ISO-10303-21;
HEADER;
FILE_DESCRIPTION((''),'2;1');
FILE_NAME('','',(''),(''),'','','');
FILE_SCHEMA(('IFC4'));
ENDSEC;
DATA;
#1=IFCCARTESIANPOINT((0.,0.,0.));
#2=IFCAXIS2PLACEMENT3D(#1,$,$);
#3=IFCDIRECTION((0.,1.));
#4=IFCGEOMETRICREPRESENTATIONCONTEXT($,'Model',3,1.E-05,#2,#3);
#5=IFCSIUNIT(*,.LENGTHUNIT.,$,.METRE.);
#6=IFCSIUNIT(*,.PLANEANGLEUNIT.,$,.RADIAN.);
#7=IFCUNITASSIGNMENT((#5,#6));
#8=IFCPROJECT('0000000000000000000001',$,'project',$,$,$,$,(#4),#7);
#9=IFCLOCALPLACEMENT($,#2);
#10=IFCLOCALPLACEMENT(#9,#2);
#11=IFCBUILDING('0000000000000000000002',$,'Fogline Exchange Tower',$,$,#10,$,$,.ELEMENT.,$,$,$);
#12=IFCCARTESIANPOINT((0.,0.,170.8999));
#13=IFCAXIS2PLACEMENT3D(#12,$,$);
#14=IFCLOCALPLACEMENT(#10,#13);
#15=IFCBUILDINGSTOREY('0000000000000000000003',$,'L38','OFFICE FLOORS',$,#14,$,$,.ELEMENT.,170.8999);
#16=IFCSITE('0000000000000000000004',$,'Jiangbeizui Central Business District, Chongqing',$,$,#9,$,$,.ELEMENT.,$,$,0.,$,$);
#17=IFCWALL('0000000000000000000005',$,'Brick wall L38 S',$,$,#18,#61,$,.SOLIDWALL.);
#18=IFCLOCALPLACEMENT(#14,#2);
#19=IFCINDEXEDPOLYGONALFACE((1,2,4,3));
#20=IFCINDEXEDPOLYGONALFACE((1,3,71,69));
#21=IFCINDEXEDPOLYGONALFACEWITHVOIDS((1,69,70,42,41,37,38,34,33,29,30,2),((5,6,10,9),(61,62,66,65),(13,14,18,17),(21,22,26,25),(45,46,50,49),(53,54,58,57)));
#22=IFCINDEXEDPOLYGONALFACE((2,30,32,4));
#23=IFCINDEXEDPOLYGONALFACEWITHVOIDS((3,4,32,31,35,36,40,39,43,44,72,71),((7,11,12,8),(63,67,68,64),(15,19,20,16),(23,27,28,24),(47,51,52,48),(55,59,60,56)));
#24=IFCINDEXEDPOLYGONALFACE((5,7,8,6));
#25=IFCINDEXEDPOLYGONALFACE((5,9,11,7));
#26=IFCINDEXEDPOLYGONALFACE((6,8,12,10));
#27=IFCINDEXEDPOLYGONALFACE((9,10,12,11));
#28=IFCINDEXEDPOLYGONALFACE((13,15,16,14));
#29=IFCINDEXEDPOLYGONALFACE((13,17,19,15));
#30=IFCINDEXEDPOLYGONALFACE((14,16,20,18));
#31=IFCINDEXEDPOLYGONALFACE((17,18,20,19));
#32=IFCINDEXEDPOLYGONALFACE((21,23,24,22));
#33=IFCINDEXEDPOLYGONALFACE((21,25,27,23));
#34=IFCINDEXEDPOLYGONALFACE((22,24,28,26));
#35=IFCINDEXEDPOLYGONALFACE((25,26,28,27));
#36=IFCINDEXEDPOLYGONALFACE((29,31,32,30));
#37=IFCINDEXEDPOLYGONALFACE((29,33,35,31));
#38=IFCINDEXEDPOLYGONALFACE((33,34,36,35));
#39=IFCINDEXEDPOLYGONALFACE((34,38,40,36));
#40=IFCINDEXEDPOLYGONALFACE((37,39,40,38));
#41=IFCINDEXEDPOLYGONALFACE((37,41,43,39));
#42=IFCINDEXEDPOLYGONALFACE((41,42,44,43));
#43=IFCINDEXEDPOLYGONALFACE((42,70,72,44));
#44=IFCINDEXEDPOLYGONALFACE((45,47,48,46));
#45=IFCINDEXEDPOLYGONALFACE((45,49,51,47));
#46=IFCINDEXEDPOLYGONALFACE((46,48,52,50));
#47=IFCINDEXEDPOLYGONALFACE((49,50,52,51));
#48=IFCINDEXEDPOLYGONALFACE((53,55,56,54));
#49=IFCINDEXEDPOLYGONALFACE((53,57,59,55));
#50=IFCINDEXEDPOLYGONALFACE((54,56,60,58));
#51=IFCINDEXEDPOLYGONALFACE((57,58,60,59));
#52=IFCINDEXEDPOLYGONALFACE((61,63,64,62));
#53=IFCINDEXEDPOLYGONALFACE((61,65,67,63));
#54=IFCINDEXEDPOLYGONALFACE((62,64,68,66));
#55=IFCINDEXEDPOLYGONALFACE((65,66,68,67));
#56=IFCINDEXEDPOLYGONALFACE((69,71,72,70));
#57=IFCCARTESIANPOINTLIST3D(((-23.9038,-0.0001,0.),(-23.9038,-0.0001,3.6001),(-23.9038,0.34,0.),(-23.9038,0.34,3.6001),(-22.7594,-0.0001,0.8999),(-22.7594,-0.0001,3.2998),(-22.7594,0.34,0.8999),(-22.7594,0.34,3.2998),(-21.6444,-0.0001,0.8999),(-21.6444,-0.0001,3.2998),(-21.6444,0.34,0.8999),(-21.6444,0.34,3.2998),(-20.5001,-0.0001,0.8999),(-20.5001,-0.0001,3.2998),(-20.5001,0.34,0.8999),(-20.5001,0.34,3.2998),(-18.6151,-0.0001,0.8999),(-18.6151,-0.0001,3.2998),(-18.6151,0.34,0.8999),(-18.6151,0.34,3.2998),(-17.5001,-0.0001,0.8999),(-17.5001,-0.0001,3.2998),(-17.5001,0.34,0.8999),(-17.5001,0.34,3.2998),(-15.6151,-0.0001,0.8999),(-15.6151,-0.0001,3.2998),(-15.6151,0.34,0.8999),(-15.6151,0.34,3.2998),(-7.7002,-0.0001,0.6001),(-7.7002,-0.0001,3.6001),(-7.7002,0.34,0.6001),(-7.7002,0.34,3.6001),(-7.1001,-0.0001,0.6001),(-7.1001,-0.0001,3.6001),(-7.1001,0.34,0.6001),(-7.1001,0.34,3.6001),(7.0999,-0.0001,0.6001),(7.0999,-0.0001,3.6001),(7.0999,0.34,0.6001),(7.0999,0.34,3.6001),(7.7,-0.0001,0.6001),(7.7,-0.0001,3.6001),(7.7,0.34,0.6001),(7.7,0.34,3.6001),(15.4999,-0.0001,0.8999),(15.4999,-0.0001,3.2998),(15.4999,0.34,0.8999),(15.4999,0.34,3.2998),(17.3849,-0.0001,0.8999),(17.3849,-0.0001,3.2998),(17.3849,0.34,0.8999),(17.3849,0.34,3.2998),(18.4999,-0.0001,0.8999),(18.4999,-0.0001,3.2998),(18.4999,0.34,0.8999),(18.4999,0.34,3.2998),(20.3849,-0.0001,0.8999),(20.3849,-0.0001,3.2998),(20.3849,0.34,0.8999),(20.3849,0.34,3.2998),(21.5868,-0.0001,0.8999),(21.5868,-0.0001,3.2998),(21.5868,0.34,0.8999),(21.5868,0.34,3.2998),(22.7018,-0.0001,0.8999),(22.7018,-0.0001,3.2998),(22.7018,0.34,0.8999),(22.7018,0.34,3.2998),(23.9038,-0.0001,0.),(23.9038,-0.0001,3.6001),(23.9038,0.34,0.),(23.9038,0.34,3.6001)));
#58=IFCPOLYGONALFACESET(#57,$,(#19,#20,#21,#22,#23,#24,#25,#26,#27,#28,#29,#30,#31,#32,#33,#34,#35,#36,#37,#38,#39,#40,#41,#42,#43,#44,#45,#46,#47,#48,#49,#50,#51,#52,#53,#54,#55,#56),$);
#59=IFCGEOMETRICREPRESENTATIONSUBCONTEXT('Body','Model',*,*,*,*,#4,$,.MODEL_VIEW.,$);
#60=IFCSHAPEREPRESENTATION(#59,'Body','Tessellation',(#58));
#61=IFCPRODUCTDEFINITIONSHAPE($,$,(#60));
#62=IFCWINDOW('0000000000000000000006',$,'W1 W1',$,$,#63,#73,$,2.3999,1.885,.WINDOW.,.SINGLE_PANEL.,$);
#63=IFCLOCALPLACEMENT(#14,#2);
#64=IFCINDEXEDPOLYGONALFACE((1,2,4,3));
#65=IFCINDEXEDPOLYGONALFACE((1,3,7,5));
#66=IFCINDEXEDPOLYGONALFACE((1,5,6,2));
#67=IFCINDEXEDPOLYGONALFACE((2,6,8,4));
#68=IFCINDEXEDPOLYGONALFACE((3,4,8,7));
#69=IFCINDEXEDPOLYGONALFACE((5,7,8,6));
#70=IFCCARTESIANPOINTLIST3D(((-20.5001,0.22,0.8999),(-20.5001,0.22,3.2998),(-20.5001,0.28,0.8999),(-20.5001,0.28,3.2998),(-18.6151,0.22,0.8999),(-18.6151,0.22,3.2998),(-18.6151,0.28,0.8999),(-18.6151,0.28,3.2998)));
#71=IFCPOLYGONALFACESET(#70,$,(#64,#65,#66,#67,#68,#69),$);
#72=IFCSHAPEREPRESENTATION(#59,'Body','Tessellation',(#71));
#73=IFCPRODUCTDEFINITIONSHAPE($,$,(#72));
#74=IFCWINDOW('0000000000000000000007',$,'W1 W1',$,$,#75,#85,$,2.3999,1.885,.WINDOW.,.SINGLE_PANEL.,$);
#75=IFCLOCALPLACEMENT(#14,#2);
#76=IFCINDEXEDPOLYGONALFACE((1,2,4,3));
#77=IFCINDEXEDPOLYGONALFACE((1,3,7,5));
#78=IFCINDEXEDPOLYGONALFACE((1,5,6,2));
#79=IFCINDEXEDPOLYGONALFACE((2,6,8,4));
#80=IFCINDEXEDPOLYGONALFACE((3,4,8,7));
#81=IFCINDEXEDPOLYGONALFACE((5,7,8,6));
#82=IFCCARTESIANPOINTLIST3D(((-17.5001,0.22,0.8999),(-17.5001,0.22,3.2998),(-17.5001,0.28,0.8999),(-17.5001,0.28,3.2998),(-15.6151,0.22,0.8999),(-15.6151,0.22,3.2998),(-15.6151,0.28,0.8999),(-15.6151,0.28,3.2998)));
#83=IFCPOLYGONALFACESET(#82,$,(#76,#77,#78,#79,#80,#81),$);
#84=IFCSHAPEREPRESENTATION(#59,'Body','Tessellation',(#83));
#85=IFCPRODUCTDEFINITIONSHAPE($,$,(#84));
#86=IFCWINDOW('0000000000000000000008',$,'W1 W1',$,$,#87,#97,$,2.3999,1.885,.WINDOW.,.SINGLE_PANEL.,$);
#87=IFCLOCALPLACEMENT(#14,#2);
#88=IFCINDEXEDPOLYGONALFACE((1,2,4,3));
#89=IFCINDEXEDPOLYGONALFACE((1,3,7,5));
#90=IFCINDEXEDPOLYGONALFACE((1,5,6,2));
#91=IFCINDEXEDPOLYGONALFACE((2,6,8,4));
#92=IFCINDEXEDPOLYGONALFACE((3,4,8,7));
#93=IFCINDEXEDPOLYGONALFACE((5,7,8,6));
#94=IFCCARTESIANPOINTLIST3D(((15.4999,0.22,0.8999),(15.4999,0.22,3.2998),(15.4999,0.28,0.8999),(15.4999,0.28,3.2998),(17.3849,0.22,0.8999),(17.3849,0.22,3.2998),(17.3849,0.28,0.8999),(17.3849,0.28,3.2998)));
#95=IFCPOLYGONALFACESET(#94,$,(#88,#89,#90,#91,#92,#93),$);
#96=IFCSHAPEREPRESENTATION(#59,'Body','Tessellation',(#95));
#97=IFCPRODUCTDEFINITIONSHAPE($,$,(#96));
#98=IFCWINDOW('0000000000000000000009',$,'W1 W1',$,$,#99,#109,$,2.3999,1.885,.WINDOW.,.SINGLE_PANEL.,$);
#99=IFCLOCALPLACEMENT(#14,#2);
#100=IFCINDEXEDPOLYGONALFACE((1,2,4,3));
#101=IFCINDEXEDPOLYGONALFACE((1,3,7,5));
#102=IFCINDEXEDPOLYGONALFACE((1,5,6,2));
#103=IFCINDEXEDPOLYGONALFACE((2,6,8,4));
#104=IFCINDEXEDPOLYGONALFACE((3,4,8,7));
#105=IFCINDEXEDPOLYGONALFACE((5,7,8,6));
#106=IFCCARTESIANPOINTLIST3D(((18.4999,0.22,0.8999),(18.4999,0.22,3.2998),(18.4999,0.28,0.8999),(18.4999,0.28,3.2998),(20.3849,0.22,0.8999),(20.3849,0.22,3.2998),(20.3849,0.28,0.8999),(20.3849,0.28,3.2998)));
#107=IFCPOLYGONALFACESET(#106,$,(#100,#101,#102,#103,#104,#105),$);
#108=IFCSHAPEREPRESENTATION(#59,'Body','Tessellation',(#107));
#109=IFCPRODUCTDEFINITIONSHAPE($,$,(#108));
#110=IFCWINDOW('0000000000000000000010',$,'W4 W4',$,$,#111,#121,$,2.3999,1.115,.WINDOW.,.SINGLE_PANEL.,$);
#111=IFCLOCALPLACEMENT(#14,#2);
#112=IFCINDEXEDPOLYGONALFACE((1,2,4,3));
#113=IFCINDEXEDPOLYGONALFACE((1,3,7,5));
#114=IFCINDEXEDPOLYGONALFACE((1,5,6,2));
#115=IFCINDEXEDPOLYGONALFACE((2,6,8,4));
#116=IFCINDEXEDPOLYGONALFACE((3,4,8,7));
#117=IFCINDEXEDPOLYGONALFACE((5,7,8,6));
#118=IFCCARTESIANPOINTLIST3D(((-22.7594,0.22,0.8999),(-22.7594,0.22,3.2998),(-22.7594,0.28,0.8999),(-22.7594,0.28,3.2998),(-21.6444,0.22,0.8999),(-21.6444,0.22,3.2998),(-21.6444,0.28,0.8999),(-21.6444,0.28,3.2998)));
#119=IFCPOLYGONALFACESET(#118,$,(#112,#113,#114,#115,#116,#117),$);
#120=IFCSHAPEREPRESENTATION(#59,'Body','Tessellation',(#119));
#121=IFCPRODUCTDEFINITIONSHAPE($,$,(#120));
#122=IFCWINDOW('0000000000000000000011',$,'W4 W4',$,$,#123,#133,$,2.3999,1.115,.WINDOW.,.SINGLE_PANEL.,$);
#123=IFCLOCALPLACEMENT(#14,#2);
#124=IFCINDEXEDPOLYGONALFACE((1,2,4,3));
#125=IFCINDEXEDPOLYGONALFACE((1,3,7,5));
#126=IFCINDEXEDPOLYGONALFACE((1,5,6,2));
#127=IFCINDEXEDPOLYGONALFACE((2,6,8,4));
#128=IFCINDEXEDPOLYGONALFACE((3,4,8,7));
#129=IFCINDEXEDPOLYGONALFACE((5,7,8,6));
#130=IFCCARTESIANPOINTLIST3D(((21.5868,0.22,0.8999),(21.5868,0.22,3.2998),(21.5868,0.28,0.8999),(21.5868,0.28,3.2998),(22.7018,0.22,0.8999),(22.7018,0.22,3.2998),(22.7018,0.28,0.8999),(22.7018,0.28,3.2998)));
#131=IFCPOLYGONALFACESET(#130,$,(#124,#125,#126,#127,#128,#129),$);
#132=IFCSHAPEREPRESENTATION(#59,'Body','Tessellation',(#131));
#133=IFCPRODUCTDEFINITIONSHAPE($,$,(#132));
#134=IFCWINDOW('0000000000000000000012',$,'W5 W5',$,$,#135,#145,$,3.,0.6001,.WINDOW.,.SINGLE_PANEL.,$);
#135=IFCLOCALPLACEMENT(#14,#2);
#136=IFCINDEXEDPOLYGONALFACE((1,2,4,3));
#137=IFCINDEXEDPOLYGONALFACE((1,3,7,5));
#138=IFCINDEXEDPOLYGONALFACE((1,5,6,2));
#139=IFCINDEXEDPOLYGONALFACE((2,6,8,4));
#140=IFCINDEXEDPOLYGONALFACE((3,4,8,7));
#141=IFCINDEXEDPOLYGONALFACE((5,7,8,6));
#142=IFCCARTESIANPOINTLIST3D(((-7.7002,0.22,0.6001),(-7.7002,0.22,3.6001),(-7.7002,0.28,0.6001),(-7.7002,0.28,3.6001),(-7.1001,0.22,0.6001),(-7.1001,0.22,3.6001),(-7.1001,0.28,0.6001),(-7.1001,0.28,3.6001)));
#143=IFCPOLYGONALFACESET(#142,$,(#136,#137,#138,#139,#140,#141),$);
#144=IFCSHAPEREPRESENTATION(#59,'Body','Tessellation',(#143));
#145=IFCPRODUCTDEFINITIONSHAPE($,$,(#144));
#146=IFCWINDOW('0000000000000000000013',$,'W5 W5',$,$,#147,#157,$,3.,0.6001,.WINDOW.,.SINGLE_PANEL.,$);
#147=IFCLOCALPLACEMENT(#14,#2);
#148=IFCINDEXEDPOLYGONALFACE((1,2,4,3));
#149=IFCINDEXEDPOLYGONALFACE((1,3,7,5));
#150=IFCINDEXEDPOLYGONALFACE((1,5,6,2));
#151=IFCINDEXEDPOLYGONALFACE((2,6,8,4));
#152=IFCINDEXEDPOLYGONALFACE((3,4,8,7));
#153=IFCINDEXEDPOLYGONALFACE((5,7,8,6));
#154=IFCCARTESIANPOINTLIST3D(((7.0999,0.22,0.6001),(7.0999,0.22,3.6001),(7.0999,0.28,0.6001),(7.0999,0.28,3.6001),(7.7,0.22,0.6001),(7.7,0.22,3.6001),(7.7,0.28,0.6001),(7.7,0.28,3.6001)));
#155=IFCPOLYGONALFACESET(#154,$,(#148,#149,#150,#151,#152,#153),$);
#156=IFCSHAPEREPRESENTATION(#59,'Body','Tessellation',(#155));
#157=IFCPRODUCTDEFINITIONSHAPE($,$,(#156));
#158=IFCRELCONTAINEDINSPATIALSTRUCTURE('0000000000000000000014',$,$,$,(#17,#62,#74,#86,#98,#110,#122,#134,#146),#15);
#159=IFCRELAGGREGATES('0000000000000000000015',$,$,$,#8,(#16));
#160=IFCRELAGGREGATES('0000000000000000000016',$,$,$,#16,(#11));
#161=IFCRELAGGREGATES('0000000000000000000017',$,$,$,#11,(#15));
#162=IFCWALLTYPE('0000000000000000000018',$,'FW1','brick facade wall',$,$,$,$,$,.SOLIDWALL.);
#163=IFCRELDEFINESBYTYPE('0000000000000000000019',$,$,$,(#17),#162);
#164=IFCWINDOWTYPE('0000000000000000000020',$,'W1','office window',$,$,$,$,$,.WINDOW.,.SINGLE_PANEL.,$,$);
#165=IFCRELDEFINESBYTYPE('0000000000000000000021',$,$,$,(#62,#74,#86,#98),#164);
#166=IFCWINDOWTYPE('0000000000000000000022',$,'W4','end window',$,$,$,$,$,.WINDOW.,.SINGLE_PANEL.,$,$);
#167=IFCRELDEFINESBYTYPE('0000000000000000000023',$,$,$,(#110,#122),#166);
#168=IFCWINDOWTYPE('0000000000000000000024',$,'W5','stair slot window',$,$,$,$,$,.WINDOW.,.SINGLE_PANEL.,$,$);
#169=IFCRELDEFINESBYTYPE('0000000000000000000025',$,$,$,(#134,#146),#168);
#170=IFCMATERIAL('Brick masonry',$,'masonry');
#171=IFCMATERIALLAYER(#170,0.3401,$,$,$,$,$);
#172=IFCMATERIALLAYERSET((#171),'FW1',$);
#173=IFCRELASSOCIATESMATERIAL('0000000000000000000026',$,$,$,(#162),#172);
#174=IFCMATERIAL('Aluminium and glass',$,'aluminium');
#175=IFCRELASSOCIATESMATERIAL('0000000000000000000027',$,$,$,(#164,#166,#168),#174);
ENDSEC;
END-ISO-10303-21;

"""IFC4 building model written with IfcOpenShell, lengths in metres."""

from ifc_helpers import new_model, si_unit, direction, frame, frame_2d, origin, place, context, subcontext, project, spatial, rectangle, extrude, material, layer, layer_set, type_object, element, fill, save


model = new_model("IFC4")

# Units and contexts
model_context = context("Model", 3, precision=1e-05, world=origin(), true_north=direction((0.0, 1.0)))
body_context = subcontext(model_context, "Body", "Model", "MODEL_VIEW")
ifc_project = project(units=[si_unit("LENGTHUNIT", "METRE"), si_unit("PLANEANGLEUNIT", "RADIAN")], contexts=[model_context])

# Site, building, storey
site_placement = place(None, origin())
site = spatial("IfcSite", under=ifc_project, at=site_placement, Name="Jiangbeizui Central Business District, Chongqing", CompositionType="ELEMENT", RefElevation=0.0)
building_placement = place(site_placement, origin())
building = spatial("IfcBuilding", under=site, at=building_placement, Name="Fogline Exchange Tower", CompositionType="ELEMENT")
storey_placement = place(building_placement, frame((0.0, 0.0, 170.8999)))
storey = spatial("IfcBuildingStorey", under=building, at=storey_placement, Name="L38", Description="OFFICE FLOORS", CompositionType="ELEMENT", Elevation=170.8999)

# Shared definitions
ifc_material_1 = material(Name="Brick masonry", Category="masonry")
ifc_layer = layer(ifc_material_1, 0.3401)
ifc_layer_set = layer_set([ifc_layer], Name="FW1")
wall_type = type_object("IfcWallType", Name="FW1", Description="brick facade wall", PredefinedType="SOLIDWALL", material=ifc_layer_set)
ifc_material_2 = material(Name="Aluminium and glass", Category="aluminium")

# Wall, openings, windows
wall_1_placement = place(storey_placement, frame((-23.9038, 0.1699, 0.0), z_axis=(0.0, 0.0, 1.0), x_axis=(1.0, 0.0, 0.0)))
wall_1 = element("IfcWall", 1, at=wall_1_placement, inside=storey, type_object=wall_type, Name="Brick wall L38 S", PredefinedType="SOLIDWALL", context=body_context, shape_type="SweptSolid", body=[
    extrude(rectangle(XDim=47.8076, YDim=0.3401, at=frame_2d((23.9038, 0.0))), origin(), (0.0, 0.0, 1.0), 3.6001),
])
opening_1_placement = place(wall_1_placement, frame((3.4038, 0.0, 0.8999)))
opening_1 = element("IfcOpeningElement", 2, at=opening_1_placement, cuts=wall_1, PredefinedType="OPENING", context=body_context, shape_type="SweptSolid", body=[
    extrude(rectangle(XDim=1.885, YDim=2.3999, at=frame_2d((0.9424, 1.2))), frame((0.0, 0.1802, 0.0), z_axis=(0.0, -1.0, 0.0), x_axis=(1.0, 0.0, 0.0)), (0.0, 0.0, 1.0), 0.3601),
])
opening_2_placement = place(wall_1_placement, frame((6.4038, 0.0, 0.8999)))
opening_2 = element("IfcOpeningElement", 3, at=opening_2_placement, cuts=wall_1, PredefinedType="OPENING", context=body_context, shape_type="SweptSolid", body=[
    extrude(rectangle(XDim=1.885, YDim=2.3999, at=frame_2d((0.9424, 1.2))), frame((0.0, 0.1802, 0.0), z_axis=(0.0, -1.0, 0.0), x_axis=(1.0, 0.0, 0.0)), (0.0, 0.0, 1.0), 0.3601),
])
opening_3_placement = place(wall_1_placement, frame((39.4038, 0.0, 0.8999)))
opening_3 = element("IfcOpeningElement", 4, at=opening_3_placement, cuts=wall_1, PredefinedType="OPENING", context=body_context, shape_type="SweptSolid", body=[
    extrude(rectangle(XDim=1.885, YDim=2.3999, at=frame_2d((0.9424, 1.2))), frame((0.0, 0.1802, 0.0), z_axis=(0.0, -1.0, 0.0), x_axis=(1.0, 0.0, 0.0)), (0.0, 0.0, 1.0), 0.3601),
])
opening_4_placement = place(wall_1_placement, frame((42.4038, 0.0, 0.8999)))
opening_4 = element("IfcOpeningElement", 5, at=opening_4_placement, cuts=wall_1, PredefinedType="OPENING", context=body_context, shape_type="SweptSolid", body=[
    extrude(rectangle(XDim=1.885, YDim=2.3999, at=frame_2d((0.9424, 1.2))), frame((0.0, 0.1802, 0.0), z_axis=(0.0, -1.0, 0.0), x_axis=(1.0, 0.0, 0.0)), (0.0, 0.0, 1.0), 0.3601),
])
opening_5_placement = place(wall_1_placement, frame((1.1443, 0.0, 0.8999)))
opening_5 = element("IfcOpeningElement", 6, at=opening_5_placement, cuts=wall_1, PredefinedType="OPENING", context=body_context, shape_type="SweptSolid", body=[
    extrude(rectangle(XDim=1.115, YDim=2.3999, at=frame_2d((0.5576, 1.2))), frame((0.0, 0.1802, 0.0), z_axis=(0.0, -1.0, 0.0), x_axis=(1.0, 0.0, 0.0)), (0.0, 0.0, 1.0), 0.3601),
])
opening_6_placement = place(wall_1_placement, frame((45.4905, 0.0, 0.8999)))
opening_6 = element("IfcOpeningElement", 7, at=opening_6_placement, cuts=wall_1, PredefinedType="OPENING", context=body_context, shape_type="SweptSolid", body=[
    extrude(rectangle(XDim=1.115, YDim=2.3999, at=frame_2d((0.5576, 1.2))), frame((0.0, 0.1802, 0.0), z_axis=(0.0, -1.0, 0.0), x_axis=(1.0, 0.0, 0.0)), (0.0, 0.0, 1.0), 0.3601),
])
opening_7_placement = place(wall_1_placement, frame((16.2036, 0.0, 0.6001)))
opening_7 = element("IfcOpeningElement", 8, at=opening_7_placement, cuts=wall_1, PredefinedType="OPENING", context=body_context, shape_type="SweptSolid", body=[
    extrude(rectangle(XDim=0.6001, YDim=3.0, at=frame_2d((0.3, 1.5))), frame((0.0, 0.1802, 0.0), z_axis=(0.0, -1.0, 0.0), x_axis=(1.0, 0.0, 0.0)), (0.0, 0.0, 1.0), 0.3601),
])
opening_8_placement = place(wall_1_placement, frame((31.0037, 0.0, 0.6001)))
opening_8 = element("IfcOpeningElement", 9, at=opening_8_placement, cuts=wall_1, PredefinedType="OPENING", context=body_context, shape_type="SweptSolid", body=[
    extrude(rectangle(XDim=0.6001, YDim=3.0, at=frame_2d((0.3, 1.5))), frame((0.0, 0.1802, 0.0), z_axis=(0.0, -1.0, 0.0), x_axis=(1.0, 0.0, 0.0)), (0.0, 0.0, 1.0), 0.3601),
])
window_type_1 = type_object("IfcWindowType", Name="W1", Description="office window", PartitioningType="SINGLE_PANEL", PredefinedType="WINDOW", material=ifc_material_2)
window_1_placement = place(opening_1_placement, origin())
window_1 = element("IfcWindow", 10, at=window_1_placement, inside=storey, type_object=window_type_1, Name="W1 W1", OverallHeight=2.3999, OverallWidth=1.885, PartitioningType="SINGLE_PANEL", PredefinedType="WINDOW", context=body_context, shape_type="SweptSolid", body=[
    extrude(rectangle(XDim=1.885, YDim=2.3999, at=frame_2d((0.9424, 1.2))), frame((0.0, 0.1101, 0.0), z_axis=(0.0, -1.0, 0.0), x_axis=(1.0, 0.0, 0.0)), (0.0, 0.0, 1.0), 0.0601),
])
fill(opening_1, window_1)
window_2_placement = place(opening_2_placement, origin())
window_2 = element("IfcWindow", 11, at=window_2_placement, inside=storey, type_object=window_type_1, Name="W1 W1", OverallHeight=2.3999, OverallWidth=1.885, PartitioningType="SINGLE_PANEL", PredefinedType="WINDOW", context=body_context, shape_type="SweptSolid", body=[
    extrude(rectangle(XDim=1.885, YDim=2.3999, at=frame_2d((0.9424, 1.2))), frame((0.0, 0.1101, 0.0), z_axis=(0.0, -1.0, 0.0), x_axis=(1.0, 0.0, 0.0)), (0.0, 0.0, 1.0), 0.0601),
])
fill(opening_2, window_2)
window_3_placement = place(opening_3_placement, origin())
window_3 = element("IfcWindow", 12, at=window_3_placement, inside=storey, type_object=window_type_1, Name="W1 W1", OverallHeight=2.3999, OverallWidth=1.885, PartitioningType="SINGLE_PANEL", PredefinedType="WINDOW", context=body_context, shape_type="SweptSolid", body=[
    extrude(rectangle(XDim=1.885, YDim=2.3999, at=frame_2d((0.9424, 1.2))), frame((0.0, 0.1101, 0.0), z_axis=(0.0, -1.0, 0.0), x_axis=(1.0, 0.0, 0.0)), (0.0, 0.0, 1.0), 0.0601),
])
fill(opening_3, window_3)
window_4_placement = place(opening_4_placement, origin())
window_4 = element("IfcWindow", 13, at=window_4_placement, inside=storey, type_object=window_type_1, Name="W1 W1", OverallHeight=2.3999, OverallWidth=1.885, PartitioningType="SINGLE_PANEL", PredefinedType="WINDOW", context=body_context, shape_type="SweptSolid", body=[
    extrude(rectangle(XDim=1.885, YDim=2.3999, at=frame_2d((0.9424, 1.2))), frame((0.0, 0.1101, 0.0), z_axis=(0.0, -1.0, 0.0), x_axis=(1.0, 0.0, 0.0)), (0.0, 0.0, 1.0), 0.0601),
])
fill(opening_4, window_4)
window_type_2 = type_object("IfcWindowType", Name="W4", Description="end window", PartitioningType="SINGLE_PANEL", PredefinedType="WINDOW", material=ifc_material_2)
window_5_placement = place(opening_5_placement, origin())
window_5 = element("IfcWindow", 14, at=window_5_placement, inside=storey, type_object=window_type_2, Name="W4 W4", OverallHeight=2.3999, OverallWidth=1.115, PartitioningType="SINGLE_PANEL", PredefinedType="WINDOW", context=body_context, shape_type="SweptSolid", body=[
    extrude(rectangle(XDim=1.115, YDim=2.3999, at=frame_2d((0.5576, 1.2))), frame((0.0, 0.1101, 0.0), z_axis=(0.0, -1.0, 0.0), x_axis=(1.0, 0.0, 0.0)), (0.0, 0.0, 1.0), 0.0601),
])
fill(opening_5, window_5)
window_6_placement = place(opening_6_placement, origin())
window_6 = element("IfcWindow", 15, at=window_6_placement, inside=storey, type_object=window_type_2, Name="W4 W4", OverallHeight=2.3999, OverallWidth=1.115, PartitioningType="SINGLE_PANEL", PredefinedType="WINDOW", context=body_context, shape_type="SweptSolid", body=[
    extrude(rectangle(XDim=1.115, YDim=2.3999, at=frame_2d((0.5576, 1.2))), frame((0.0, 0.1101, 0.0), z_axis=(0.0, -1.0, 0.0), x_axis=(1.0, 0.0, 0.0)), (0.0, 0.0, 1.0), 0.0601),
])
fill(opening_6, window_6)
window_type_3 = type_object("IfcWindowType", Name="W5", Description="stair slot window", PartitioningType="SINGLE_PANEL", PredefinedType="WINDOW", material=ifc_material_2)
window_7_placement = place(opening_7_placement, origin())
window_7 = element("IfcWindow", 16, at=window_7_placement, inside=storey, type_object=window_type_3, Name="W5 W5", OverallHeight=3.0, OverallWidth=0.6001, PartitioningType="SINGLE_PANEL", PredefinedType="WINDOW", context=body_context, shape_type="SweptSolid", body=[
    extrude(rectangle(XDim=0.6001, YDim=3.0, at=frame_2d((0.3, 1.5))), frame((0.0, 0.1101, 0.0), z_axis=(0.0, -1.0, 0.0), x_axis=(1.0, 0.0, 0.0)), (0.0, 0.0, 1.0), 0.0601),
])
fill(opening_7, window_7)
window_8_placement = place(opening_8_placement, origin())
window_8 = element("IfcWindow", 17, at=window_8_placement, inside=storey, type_object=window_type_3, Name="W5 W5", OverallHeight=3.0, OverallWidth=0.6001, PartitioningType="SINGLE_PANEL", PredefinedType="WINDOW", context=body_context, shape_type="SweptSolid", body=[
    extrude(rectangle(XDim=0.6001, YDim=3.0, at=frame_2d((0.3, 1.5))), frame((0.0, 0.1101, 0.0), z_axis=(0.0, -1.0, 0.0), x_axis=(1.0, 0.0, 0.0)), (0.0, 0.0, 1.0), 0.0601),
])
fill(opening_8, window_8)

save(model, "model.ifc")
